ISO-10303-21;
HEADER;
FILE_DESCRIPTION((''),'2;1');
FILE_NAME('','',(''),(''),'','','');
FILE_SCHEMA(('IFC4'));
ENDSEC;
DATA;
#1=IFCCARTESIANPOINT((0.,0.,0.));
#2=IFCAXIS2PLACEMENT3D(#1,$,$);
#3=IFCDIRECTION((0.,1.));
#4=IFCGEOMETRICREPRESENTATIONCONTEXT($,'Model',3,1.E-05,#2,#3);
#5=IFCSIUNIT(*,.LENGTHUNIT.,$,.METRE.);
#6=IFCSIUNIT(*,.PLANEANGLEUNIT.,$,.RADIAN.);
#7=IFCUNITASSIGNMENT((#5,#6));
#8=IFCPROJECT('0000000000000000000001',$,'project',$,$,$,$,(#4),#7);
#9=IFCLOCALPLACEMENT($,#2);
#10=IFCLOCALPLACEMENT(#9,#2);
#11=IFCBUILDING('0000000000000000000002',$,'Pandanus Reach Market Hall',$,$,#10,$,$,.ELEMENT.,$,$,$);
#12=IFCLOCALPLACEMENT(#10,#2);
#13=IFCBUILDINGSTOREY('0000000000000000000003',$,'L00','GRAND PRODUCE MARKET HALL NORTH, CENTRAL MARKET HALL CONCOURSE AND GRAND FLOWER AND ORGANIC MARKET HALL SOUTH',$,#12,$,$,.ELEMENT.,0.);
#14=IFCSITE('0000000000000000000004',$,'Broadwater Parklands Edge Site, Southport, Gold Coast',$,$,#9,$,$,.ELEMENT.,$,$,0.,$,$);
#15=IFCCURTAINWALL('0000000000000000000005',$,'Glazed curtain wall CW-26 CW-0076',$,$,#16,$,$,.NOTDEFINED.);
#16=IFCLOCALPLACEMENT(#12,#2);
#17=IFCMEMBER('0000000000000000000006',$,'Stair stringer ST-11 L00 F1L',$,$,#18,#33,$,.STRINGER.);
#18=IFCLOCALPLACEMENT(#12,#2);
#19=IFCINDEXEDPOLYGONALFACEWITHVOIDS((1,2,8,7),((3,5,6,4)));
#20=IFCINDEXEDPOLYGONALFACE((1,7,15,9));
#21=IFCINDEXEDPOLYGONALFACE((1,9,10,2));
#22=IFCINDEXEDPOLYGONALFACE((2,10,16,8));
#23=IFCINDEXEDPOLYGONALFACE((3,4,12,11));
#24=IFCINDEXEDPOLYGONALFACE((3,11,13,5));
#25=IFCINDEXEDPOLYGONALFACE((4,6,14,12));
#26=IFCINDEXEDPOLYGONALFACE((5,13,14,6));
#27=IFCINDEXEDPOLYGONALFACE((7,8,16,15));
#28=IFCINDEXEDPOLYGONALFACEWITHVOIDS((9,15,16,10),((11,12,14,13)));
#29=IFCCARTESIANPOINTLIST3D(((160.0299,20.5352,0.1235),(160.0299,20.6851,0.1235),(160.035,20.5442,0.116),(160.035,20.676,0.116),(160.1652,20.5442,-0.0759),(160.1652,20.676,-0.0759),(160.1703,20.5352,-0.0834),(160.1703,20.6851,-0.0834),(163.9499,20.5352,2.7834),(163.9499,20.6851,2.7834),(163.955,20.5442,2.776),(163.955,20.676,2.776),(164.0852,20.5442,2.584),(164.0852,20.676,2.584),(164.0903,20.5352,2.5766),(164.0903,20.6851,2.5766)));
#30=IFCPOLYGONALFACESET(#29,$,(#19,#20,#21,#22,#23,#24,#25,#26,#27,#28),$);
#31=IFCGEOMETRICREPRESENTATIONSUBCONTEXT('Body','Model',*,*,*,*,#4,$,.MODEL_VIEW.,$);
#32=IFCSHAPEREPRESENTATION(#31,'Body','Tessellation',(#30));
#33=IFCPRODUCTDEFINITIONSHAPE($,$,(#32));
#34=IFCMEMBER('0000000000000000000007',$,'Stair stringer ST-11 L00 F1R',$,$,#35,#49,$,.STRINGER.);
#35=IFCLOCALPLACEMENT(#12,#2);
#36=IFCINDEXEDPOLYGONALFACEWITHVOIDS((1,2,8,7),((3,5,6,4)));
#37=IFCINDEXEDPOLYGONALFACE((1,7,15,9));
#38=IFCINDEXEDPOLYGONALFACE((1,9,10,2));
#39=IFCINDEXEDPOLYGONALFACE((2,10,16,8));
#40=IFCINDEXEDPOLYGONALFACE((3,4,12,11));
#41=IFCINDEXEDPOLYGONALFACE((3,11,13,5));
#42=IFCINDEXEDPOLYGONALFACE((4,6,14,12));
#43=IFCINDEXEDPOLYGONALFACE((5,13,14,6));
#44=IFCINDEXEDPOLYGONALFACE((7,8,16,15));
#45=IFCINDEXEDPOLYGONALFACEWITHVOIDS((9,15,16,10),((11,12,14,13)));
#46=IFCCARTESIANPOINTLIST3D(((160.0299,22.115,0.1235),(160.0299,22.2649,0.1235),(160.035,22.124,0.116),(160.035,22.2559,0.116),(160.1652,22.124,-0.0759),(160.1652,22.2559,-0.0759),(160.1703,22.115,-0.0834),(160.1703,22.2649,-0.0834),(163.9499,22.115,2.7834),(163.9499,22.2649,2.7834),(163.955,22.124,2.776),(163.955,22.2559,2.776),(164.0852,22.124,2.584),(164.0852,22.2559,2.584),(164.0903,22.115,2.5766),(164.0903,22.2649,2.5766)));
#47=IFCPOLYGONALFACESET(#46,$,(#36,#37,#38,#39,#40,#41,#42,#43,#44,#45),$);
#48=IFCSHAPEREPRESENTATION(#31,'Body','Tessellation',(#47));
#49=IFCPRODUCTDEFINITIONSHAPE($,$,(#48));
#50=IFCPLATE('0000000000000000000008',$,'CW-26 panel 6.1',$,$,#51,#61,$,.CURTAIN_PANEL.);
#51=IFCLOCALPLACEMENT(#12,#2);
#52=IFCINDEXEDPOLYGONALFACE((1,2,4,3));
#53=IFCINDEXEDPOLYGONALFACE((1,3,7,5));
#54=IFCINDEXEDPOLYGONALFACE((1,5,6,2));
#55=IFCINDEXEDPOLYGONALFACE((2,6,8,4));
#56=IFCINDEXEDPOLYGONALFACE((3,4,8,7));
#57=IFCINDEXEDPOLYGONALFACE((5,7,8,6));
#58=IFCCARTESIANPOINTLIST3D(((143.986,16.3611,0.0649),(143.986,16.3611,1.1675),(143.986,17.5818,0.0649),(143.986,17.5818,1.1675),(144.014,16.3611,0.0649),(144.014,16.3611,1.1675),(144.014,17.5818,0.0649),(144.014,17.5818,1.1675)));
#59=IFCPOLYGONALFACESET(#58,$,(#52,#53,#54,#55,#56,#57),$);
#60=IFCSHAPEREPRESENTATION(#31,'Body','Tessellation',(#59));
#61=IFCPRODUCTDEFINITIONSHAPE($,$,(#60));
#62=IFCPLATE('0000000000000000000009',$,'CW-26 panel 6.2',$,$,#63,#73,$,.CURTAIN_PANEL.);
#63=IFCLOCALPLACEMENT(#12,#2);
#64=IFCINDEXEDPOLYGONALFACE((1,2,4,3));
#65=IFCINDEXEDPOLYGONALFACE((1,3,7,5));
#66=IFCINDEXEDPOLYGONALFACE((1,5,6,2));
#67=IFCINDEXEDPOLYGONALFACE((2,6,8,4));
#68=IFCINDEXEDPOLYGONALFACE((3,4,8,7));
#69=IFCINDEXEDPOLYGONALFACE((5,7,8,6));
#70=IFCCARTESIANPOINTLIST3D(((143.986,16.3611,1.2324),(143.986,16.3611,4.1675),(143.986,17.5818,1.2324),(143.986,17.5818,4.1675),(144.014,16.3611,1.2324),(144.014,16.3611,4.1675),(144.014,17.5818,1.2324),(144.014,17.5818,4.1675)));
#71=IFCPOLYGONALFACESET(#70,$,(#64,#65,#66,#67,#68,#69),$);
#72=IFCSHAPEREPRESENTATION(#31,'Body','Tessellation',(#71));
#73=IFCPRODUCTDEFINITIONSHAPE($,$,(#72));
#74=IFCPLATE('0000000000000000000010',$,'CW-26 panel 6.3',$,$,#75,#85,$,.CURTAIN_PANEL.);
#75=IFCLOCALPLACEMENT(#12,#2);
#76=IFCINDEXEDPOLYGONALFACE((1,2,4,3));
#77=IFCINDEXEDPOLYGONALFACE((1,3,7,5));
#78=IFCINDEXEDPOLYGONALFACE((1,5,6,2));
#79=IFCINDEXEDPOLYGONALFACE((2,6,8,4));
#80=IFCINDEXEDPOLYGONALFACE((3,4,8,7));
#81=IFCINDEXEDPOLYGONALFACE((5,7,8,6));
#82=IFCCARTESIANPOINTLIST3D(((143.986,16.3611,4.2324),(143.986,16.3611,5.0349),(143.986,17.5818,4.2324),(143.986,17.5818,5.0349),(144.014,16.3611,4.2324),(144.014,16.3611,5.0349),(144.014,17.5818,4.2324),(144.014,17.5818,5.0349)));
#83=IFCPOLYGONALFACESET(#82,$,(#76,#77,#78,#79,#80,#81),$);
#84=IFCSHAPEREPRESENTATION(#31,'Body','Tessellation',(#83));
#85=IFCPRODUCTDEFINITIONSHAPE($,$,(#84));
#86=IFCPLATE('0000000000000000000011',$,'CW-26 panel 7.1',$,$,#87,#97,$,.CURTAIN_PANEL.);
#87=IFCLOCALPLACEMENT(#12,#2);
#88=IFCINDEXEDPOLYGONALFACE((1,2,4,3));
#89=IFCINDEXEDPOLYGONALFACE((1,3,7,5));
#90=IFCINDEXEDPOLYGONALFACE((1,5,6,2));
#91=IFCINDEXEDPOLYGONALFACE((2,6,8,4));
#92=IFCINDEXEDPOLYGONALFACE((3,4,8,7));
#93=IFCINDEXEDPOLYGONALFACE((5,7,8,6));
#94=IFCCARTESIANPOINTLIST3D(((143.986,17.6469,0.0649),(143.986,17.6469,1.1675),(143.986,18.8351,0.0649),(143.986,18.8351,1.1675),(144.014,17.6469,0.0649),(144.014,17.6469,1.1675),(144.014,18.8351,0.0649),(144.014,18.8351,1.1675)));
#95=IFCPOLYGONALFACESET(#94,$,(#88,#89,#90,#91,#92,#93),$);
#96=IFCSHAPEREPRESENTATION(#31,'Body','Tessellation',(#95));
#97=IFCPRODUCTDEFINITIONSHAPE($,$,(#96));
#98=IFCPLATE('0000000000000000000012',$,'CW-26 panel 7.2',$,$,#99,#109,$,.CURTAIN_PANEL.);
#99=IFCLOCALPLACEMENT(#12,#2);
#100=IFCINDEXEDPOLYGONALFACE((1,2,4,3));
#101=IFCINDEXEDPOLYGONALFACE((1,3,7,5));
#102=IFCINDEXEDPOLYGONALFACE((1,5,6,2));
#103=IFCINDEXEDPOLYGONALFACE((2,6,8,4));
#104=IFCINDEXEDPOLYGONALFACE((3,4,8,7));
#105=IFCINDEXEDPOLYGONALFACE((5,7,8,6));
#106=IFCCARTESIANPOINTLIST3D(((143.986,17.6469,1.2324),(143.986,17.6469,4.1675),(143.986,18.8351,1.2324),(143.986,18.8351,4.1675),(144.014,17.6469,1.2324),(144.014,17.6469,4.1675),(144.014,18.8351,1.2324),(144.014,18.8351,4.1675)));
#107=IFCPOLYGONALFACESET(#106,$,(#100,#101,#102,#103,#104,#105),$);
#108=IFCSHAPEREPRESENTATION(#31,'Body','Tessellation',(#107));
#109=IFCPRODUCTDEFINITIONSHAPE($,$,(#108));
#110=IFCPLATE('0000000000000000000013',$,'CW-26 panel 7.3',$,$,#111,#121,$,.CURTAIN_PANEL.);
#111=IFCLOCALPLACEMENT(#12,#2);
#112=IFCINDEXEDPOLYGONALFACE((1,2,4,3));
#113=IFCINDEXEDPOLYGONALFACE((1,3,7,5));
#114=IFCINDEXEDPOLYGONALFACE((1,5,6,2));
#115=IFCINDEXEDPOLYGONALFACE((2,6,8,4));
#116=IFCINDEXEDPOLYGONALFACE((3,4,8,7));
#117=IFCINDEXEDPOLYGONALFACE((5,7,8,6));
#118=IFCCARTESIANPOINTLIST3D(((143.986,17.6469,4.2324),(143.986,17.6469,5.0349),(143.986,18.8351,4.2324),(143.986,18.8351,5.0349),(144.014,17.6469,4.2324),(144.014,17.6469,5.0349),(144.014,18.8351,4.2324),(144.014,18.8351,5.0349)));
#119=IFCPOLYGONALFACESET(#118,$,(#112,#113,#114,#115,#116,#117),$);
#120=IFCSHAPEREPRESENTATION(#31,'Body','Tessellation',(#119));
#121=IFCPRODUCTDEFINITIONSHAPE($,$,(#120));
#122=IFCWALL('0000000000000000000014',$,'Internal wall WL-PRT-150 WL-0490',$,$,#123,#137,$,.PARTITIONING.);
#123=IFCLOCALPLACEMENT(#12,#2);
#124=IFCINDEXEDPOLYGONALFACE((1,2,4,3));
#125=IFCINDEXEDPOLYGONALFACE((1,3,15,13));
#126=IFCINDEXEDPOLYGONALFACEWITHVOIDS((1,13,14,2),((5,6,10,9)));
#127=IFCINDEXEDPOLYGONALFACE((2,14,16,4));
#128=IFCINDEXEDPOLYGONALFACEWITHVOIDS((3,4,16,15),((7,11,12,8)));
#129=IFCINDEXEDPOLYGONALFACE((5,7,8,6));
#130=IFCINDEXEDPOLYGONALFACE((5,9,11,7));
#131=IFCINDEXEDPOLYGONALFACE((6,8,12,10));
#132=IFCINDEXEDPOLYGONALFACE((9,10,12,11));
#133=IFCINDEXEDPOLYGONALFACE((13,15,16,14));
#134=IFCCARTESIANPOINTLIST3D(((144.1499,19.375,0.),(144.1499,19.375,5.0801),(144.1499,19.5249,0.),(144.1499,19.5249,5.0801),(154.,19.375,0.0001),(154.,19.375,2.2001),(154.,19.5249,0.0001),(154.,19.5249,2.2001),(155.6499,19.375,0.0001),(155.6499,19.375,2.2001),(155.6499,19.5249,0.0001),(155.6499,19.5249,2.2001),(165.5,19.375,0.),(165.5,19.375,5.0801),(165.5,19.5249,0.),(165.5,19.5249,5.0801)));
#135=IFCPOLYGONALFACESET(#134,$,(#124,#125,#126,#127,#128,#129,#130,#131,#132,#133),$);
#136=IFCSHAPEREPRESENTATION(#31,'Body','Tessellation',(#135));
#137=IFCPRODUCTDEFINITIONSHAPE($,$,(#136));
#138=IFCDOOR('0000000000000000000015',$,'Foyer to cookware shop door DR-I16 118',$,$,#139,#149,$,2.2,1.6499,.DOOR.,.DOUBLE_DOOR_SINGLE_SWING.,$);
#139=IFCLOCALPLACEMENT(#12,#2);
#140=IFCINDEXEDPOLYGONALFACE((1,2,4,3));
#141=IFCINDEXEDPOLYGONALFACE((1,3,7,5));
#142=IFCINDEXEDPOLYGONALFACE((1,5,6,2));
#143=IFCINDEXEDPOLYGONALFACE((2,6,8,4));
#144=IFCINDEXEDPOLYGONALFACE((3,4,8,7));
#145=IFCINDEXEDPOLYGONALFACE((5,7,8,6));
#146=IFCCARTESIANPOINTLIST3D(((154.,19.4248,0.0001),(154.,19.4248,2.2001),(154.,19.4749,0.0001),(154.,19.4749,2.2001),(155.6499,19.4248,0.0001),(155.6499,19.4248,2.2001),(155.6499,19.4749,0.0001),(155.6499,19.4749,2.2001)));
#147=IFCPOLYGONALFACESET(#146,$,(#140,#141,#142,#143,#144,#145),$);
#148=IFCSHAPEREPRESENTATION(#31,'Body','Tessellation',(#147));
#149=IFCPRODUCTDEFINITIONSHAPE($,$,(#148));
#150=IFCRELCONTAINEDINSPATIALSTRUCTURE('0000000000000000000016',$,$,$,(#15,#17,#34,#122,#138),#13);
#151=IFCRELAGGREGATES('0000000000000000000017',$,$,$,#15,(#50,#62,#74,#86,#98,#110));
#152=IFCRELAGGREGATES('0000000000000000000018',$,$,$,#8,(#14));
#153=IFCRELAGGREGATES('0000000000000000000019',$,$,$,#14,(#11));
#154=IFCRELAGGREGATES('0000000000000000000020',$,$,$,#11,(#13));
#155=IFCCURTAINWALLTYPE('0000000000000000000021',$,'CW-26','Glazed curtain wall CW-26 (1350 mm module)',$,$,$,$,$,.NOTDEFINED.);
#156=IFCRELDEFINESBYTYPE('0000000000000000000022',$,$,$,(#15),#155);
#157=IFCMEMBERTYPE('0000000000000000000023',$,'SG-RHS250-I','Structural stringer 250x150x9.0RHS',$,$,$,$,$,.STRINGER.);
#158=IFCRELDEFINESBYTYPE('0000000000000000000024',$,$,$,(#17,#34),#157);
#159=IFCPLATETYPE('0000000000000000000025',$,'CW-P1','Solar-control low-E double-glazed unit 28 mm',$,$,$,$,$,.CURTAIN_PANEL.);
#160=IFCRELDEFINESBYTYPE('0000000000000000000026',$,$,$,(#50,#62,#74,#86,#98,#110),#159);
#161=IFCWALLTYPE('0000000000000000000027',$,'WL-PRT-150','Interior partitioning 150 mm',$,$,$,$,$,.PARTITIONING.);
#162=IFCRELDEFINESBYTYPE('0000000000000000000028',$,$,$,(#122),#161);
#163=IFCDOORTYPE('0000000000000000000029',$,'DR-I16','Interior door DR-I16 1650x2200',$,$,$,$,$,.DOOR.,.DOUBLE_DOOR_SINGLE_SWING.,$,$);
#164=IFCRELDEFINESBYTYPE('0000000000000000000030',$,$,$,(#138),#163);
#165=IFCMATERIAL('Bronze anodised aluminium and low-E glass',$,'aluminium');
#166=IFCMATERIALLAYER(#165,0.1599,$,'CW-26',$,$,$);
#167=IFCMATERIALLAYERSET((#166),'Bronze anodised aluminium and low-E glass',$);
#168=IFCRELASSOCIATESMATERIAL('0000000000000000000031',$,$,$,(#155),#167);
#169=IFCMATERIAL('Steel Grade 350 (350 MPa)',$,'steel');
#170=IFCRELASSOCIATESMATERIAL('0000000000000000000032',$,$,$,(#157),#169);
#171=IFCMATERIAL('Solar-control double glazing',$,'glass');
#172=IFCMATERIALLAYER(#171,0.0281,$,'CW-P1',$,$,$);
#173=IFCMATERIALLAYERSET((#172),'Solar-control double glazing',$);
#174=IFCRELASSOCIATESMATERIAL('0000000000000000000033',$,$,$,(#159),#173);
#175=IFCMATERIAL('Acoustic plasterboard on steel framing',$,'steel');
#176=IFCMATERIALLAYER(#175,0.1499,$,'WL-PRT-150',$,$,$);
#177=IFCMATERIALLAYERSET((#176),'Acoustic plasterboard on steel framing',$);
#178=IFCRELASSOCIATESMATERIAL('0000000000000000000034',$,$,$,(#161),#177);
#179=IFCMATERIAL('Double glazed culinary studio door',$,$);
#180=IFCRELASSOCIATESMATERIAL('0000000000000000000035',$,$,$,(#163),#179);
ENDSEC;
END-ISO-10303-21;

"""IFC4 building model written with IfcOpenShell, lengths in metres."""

from ifc_helpers import new_model, si_unit, direction, frame, frame_2d, origin, origin_2d, place, context, subcontext, project, spatial, rectangle, hollow_rectangle, extrude, material, layer, layer_set, material_profile, profile_set, type_object, element, fill, aggregate, save


model = new_model("IFC4")

# Units and contexts
model_context = context("Model", 3, precision=1e-05, world=origin(), true_north=direction((0.0, 1.0)))
body_context = subcontext(model_context, "Body", "Model", "MODEL_VIEW")
ifc_project = project(units=[si_unit("LENGTHUNIT", "METRE"), si_unit("PLANEANGLEUNIT", "RADIAN")], contexts=[model_context])

# Site, building, storey
site_placement = place(None, origin())
site = spatial("IfcSite", under=ifc_project, at=site_placement, Name="Broadwater Parklands Edge Site, Southport, Gold Coast", CompositionType="ELEMENT", RefElevation=0.0)
building_placement = place(site_placement, origin())
building = spatial("IfcBuilding", under=site, at=building_placement, Name="Pandanus Reach Market Hall", CompositionType="ELEMENT")
storey_placement = place(building_placement, origin())
storey = spatial("IfcBuildingStorey", under=building, at=storey_placement, Name="L00", Description="GRAND PRODUCE MARKET HALL NORTH, CENTRAL MARKET HALL CONCOURSE AND GRAND FLOWER AND ORGANIC MARKET HALL SOUTH", CompositionType="ELEMENT", Elevation=0.0)

# Shared definitions
ifc_material_1 = material(Name="Steel Grade 350 (350 MPa)", Category="steel")

# Curtain wall
ifc_material_2 = material(Name="Bronze anodised aluminium and low-E glass", Category="aluminium")
ifc_layer_1 = layer(ifc_material_2, 0.1599, Name="CW-26")
ifc_layer_set_1 = layer_set([ifc_layer_1], Name="Bronze anodised aluminium and low-E glass")
curtain_wall_type = type_object("IfcCurtainWallType", Name="CW-26", Description="Glazed curtain wall CW-26 (1350 mm module)", PredefinedType="NOTDEFINED", material=ifc_layer_set_1)
curtain_wall_placement = place(storey_placement, origin())
curtain_wall = element("IfcCurtainWall", 1, at=curtain_wall_placement, inside=storey, type_object=curtain_wall_type, Name="Glazed curtain wall CW-26 CW-0076", PredefinedType="NOTDEFINED")

# Members
ifc_material_profile_1 = material_profile(ifc_material_1, hollow_rectangle(XDim=0.1499, YDim=0.25, WallThickness=0.009, at=origin_2d()), Name="250x150x9.0RHS", Category="LoadBearing")
ifc_profile_set_1 = profile_set([ifc_material_profile_1], Name="Steel Grade 350 (350 MPa)")
member_type_1 = type_object("IfcMemberType", Name="SG-RHS250-I", Description="Structural stringer 250x150x9.0RHS", PredefinedType="STRINGER", material=ifc_profile_set_1)
for number, where, z_axis, x_axis, name in (
    (2, (160.1001, 20.6101, 0.02), (0.827479, 0.0, 0.561496), (0.0, 1.0, 0.0), "Stair stringer ST-11 L00 F1L"),
    (3, (160.1001, 22.1899, 0.02), (0.827479, 0.0, 0.561496), (0.0, 1.0, 0.0), "Stair stringer ST-11 L00 F1R"),
):
    element("IfcMember", number, at=place(storey_placement, frame(where, z_axis=z_axis, x_axis=x_axis)), inside=storey, type_object=member_type_1, Name=name, PredefinedType="STRINGER", context=body_context, shape_type="SweptSolid", body=[
        extrude(hollow_rectangle(XDim=0.1499, YDim=0.25, WallThickness=0.009, at=origin_2d()), origin(), (0.0, 0.0, 1.0), 4.7373),
    ])

# Plates
ifc_material_3 = material(Name="Solar-control double glazing", Category="glass")
ifc_layer_2 = layer(ifc_material_3, 0.0281, Name="CW-P1")
ifc_layer_set_2 = layer_set([ifc_layer_2], Name="Solar-control double glazing")
plate_type = type_object("IfcPlateType", Name="CW-P1", Description="Solar-control low-E double-glazed unit 28 mm", PredefinedType="CURTAIN_PANEL", material=ifc_layer_set_2)
plate_1_placement = place(storey_placement, frame((144.0, 16.9714, 0.0649), z_axis=(0.0, 0.0, 1.0), x_axis=(0.0, 1.0, 0.0)))
plate_1 = element("IfcPlate", 4, at=plate_1_placement, type_object=plate_type, Name="CW-26 panel 6.1", PredefinedType="CURTAIN_PANEL", context=body_context, shape_type="SweptSolid", body=[
    extrude(rectangle(XDim=1.2207, YDim=0.0281, at=origin_2d()), origin(), (0.0, 0.0, 1.0), 1.1025),
])
plate_2_placement = place(storey_placement, frame((144.0, 16.9714, 1.2324), z_axis=(0.0, 0.0, 1.0), x_axis=(0.0, 1.0, 0.0)))
plate_2 = element("IfcPlate", 5, at=plate_2_placement, type_object=plate_type, Name="CW-26 panel 6.2", PredefinedType="CURTAIN_PANEL", context=body_context, shape_type="SweptSolid", body=[
    extrude(rectangle(XDim=1.2207, YDim=0.0281, at=origin_2d()), origin(), (0.0, 0.0, 1.0), 2.9351),
])
plate_3_placement = place(storey_placement, frame((144.0, 16.9714, 4.2324), z_axis=(0.0, 0.0, 1.0), x_axis=(0.0, 1.0, 0.0)))
plate_3 = element("IfcPlate", 6, at=plate_3_placement, type_object=plate_type, Name="CW-26 panel 6.3", PredefinedType="CURTAIN_PANEL", context=body_context, shape_type="SweptSolid", body=[
    extrude(rectangle(XDim=1.2207, YDim=0.0281, at=origin_2d()), origin(), (0.0, 0.0, 1.0), 0.8025),
])
plate_4_placement = place(storey_placement, frame((144.0, 18.241, 0.0649), z_axis=(0.0, 0.0, 1.0), x_axis=(0.0, 1.0, 0.0)))
plate_4 = element("IfcPlate", 7, at=plate_4_placement, type_object=plate_type, Name="CW-26 panel 7.1", PredefinedType="CURTAIN_PANEL", context=body_context, shape_type="SweptSolid", body=[
    extrude(rectangle(XDim=1.1882, YDim=0.0281, at=origin_2d()), origin(), (0.0, 0.0, 1.0), 1.1025),
])
plate_5_placement = place(storey_placement, frame((144.0, 18.241, 1.2324), z_axis=(0.0, 0.0, 1.0), x_axis=(0.0, 1.0, 0.0)))
plate_5 = element("IfcPlate", 8, at=plate_5_placement, type_object=plate_type, Name="CW-26 panel 7.2", PredefinedType="CURTAIN_PANEL", context=body_context, shape_type="SweptSolid", body=[
    extrude(rectangle(XDim=1.1882, YDim=0.0281, at=origin_2d()), origin(), (0.0, 0.0, 1.0), 2.9351),
])
plate_6_placement = place(storey_placement, frame((144.0, 18.241, 4.2324), z_axis=(0.0, 0.0, 1.0), x_axis=(0.0, 1.0, 0.0)))
plate_6 = element("IfcPlate", 9, at=plate_6_placement, type_object=plate_type, Name="CW-26 panel 7.3", PredefinedType="CURTAIN_PANEL", context=body_context, shape_type="SweptSolid", body=[
    extrude(rectangle(XDim=1.1882, YDim=0.0281, at=origin_2d()), origin(), (0.0, 0.0, 1.0), 0.8025),
])
aggregate(curtain_wall, [plate_1, plate_2, plate_3, plate_4, plate_5, plate_6])

# Wall, opening, door
ifc_material_4 = material(Name="Acoustic plasterboard on steel framing", Category="steel")
ifc_layer_3 = layer(ifc_material_4, 0.1499, Name="WL-PRT-150")
ifc_layer_set_3 = layer_set([ifc_layer_3], Name="Acoustic plasterboard on steel framing")
wall_type_1 = type_object("IfcWallType", Name="WL-PRT-150", Description="Interior partitioning 150 mm", PredefinedType="PARTITIONING", material=ifc_layer_set_3)
wall_1_placement = place(storey_placement, frame((144.1499, 19.45, 0.0), z_axis=(0.0, 0.0, 1.0), x_axis=(1.0, 0.0, 0.0)))
wall_1 = element("IfcWall", 10, at=wall_1_placement, inside=storey, type_object=wall_type_1, Name="Internal wall WL-PRT-150 WL-0490", PredefinedType="PARTITIONING", context=body_context, shape_type="SweptSolid", body=[
    extrude(rectangle(XDim=21.3501, YDim=0.1499, at=frame_2d((10.675, 0.0))), origin(), (0.0, 0.0, 1.0), 5.0801),
])
opening_1_placement = place(wall_1_placement, frame((9.8501, 0.0, 0.0)))
opening_1 = element("IfcOpeningElement", 11, at=opening_1_placement, cuts=wall_1, PredefinedType="OPENING", context=body_context, shape_type="SweptSolid", body=[
    extrude(rectangle(XDim=1.6499, YDim=2.2, at=frame_2d((0.825, 1.1001))), frame((0.0, 0.0898, 0.0), z_axis=(0.0, -1.0, 0.0), x_axis=(1.0, 0.0, 0.0)), (0.0, 0.0, 1.0), 0.1799),
])
ifc_material_5 = material(Name="Double glazed culinary studio door")
door_type_1 = type_object("IfcDoorType", Name="DR-I16", Description="Interior door DR-I16 1650x2200", OperationType="DOUBLE_DOOR_SINGLE_SWING", PredefinedType="DOOR", material=ifc_material_5)
door_1_placement = place(opening_1_placement, origin())
door_1 = element("IfcDoor", 12, at=door_1_placement, inside=storey, type_object=door_type_1, Name="Foyer to cookware shop door DR-I16 118", OperationType="DOUBLE_DOOR_SINGLE_SWING", OverallHeight=2.2, OverallWidth=1.6499, PredefinedType="DOOR", context=body_context, shape_type="SweptSolid", body=[
    extrude(rectangle(XDim=1.6499, YDim=2.2, at=frame_2d((0.825, 1.1001))), frame((0.0, 0.0249, 0.0), z_axis=(0.0, -1.0, 0.0), x_axis=(1.0, 0.0, 0.0)), (0.0, 0.0, 1.0), 0.05),
])
fill(opening_1, door_1)

save(model, "model.ifc")
